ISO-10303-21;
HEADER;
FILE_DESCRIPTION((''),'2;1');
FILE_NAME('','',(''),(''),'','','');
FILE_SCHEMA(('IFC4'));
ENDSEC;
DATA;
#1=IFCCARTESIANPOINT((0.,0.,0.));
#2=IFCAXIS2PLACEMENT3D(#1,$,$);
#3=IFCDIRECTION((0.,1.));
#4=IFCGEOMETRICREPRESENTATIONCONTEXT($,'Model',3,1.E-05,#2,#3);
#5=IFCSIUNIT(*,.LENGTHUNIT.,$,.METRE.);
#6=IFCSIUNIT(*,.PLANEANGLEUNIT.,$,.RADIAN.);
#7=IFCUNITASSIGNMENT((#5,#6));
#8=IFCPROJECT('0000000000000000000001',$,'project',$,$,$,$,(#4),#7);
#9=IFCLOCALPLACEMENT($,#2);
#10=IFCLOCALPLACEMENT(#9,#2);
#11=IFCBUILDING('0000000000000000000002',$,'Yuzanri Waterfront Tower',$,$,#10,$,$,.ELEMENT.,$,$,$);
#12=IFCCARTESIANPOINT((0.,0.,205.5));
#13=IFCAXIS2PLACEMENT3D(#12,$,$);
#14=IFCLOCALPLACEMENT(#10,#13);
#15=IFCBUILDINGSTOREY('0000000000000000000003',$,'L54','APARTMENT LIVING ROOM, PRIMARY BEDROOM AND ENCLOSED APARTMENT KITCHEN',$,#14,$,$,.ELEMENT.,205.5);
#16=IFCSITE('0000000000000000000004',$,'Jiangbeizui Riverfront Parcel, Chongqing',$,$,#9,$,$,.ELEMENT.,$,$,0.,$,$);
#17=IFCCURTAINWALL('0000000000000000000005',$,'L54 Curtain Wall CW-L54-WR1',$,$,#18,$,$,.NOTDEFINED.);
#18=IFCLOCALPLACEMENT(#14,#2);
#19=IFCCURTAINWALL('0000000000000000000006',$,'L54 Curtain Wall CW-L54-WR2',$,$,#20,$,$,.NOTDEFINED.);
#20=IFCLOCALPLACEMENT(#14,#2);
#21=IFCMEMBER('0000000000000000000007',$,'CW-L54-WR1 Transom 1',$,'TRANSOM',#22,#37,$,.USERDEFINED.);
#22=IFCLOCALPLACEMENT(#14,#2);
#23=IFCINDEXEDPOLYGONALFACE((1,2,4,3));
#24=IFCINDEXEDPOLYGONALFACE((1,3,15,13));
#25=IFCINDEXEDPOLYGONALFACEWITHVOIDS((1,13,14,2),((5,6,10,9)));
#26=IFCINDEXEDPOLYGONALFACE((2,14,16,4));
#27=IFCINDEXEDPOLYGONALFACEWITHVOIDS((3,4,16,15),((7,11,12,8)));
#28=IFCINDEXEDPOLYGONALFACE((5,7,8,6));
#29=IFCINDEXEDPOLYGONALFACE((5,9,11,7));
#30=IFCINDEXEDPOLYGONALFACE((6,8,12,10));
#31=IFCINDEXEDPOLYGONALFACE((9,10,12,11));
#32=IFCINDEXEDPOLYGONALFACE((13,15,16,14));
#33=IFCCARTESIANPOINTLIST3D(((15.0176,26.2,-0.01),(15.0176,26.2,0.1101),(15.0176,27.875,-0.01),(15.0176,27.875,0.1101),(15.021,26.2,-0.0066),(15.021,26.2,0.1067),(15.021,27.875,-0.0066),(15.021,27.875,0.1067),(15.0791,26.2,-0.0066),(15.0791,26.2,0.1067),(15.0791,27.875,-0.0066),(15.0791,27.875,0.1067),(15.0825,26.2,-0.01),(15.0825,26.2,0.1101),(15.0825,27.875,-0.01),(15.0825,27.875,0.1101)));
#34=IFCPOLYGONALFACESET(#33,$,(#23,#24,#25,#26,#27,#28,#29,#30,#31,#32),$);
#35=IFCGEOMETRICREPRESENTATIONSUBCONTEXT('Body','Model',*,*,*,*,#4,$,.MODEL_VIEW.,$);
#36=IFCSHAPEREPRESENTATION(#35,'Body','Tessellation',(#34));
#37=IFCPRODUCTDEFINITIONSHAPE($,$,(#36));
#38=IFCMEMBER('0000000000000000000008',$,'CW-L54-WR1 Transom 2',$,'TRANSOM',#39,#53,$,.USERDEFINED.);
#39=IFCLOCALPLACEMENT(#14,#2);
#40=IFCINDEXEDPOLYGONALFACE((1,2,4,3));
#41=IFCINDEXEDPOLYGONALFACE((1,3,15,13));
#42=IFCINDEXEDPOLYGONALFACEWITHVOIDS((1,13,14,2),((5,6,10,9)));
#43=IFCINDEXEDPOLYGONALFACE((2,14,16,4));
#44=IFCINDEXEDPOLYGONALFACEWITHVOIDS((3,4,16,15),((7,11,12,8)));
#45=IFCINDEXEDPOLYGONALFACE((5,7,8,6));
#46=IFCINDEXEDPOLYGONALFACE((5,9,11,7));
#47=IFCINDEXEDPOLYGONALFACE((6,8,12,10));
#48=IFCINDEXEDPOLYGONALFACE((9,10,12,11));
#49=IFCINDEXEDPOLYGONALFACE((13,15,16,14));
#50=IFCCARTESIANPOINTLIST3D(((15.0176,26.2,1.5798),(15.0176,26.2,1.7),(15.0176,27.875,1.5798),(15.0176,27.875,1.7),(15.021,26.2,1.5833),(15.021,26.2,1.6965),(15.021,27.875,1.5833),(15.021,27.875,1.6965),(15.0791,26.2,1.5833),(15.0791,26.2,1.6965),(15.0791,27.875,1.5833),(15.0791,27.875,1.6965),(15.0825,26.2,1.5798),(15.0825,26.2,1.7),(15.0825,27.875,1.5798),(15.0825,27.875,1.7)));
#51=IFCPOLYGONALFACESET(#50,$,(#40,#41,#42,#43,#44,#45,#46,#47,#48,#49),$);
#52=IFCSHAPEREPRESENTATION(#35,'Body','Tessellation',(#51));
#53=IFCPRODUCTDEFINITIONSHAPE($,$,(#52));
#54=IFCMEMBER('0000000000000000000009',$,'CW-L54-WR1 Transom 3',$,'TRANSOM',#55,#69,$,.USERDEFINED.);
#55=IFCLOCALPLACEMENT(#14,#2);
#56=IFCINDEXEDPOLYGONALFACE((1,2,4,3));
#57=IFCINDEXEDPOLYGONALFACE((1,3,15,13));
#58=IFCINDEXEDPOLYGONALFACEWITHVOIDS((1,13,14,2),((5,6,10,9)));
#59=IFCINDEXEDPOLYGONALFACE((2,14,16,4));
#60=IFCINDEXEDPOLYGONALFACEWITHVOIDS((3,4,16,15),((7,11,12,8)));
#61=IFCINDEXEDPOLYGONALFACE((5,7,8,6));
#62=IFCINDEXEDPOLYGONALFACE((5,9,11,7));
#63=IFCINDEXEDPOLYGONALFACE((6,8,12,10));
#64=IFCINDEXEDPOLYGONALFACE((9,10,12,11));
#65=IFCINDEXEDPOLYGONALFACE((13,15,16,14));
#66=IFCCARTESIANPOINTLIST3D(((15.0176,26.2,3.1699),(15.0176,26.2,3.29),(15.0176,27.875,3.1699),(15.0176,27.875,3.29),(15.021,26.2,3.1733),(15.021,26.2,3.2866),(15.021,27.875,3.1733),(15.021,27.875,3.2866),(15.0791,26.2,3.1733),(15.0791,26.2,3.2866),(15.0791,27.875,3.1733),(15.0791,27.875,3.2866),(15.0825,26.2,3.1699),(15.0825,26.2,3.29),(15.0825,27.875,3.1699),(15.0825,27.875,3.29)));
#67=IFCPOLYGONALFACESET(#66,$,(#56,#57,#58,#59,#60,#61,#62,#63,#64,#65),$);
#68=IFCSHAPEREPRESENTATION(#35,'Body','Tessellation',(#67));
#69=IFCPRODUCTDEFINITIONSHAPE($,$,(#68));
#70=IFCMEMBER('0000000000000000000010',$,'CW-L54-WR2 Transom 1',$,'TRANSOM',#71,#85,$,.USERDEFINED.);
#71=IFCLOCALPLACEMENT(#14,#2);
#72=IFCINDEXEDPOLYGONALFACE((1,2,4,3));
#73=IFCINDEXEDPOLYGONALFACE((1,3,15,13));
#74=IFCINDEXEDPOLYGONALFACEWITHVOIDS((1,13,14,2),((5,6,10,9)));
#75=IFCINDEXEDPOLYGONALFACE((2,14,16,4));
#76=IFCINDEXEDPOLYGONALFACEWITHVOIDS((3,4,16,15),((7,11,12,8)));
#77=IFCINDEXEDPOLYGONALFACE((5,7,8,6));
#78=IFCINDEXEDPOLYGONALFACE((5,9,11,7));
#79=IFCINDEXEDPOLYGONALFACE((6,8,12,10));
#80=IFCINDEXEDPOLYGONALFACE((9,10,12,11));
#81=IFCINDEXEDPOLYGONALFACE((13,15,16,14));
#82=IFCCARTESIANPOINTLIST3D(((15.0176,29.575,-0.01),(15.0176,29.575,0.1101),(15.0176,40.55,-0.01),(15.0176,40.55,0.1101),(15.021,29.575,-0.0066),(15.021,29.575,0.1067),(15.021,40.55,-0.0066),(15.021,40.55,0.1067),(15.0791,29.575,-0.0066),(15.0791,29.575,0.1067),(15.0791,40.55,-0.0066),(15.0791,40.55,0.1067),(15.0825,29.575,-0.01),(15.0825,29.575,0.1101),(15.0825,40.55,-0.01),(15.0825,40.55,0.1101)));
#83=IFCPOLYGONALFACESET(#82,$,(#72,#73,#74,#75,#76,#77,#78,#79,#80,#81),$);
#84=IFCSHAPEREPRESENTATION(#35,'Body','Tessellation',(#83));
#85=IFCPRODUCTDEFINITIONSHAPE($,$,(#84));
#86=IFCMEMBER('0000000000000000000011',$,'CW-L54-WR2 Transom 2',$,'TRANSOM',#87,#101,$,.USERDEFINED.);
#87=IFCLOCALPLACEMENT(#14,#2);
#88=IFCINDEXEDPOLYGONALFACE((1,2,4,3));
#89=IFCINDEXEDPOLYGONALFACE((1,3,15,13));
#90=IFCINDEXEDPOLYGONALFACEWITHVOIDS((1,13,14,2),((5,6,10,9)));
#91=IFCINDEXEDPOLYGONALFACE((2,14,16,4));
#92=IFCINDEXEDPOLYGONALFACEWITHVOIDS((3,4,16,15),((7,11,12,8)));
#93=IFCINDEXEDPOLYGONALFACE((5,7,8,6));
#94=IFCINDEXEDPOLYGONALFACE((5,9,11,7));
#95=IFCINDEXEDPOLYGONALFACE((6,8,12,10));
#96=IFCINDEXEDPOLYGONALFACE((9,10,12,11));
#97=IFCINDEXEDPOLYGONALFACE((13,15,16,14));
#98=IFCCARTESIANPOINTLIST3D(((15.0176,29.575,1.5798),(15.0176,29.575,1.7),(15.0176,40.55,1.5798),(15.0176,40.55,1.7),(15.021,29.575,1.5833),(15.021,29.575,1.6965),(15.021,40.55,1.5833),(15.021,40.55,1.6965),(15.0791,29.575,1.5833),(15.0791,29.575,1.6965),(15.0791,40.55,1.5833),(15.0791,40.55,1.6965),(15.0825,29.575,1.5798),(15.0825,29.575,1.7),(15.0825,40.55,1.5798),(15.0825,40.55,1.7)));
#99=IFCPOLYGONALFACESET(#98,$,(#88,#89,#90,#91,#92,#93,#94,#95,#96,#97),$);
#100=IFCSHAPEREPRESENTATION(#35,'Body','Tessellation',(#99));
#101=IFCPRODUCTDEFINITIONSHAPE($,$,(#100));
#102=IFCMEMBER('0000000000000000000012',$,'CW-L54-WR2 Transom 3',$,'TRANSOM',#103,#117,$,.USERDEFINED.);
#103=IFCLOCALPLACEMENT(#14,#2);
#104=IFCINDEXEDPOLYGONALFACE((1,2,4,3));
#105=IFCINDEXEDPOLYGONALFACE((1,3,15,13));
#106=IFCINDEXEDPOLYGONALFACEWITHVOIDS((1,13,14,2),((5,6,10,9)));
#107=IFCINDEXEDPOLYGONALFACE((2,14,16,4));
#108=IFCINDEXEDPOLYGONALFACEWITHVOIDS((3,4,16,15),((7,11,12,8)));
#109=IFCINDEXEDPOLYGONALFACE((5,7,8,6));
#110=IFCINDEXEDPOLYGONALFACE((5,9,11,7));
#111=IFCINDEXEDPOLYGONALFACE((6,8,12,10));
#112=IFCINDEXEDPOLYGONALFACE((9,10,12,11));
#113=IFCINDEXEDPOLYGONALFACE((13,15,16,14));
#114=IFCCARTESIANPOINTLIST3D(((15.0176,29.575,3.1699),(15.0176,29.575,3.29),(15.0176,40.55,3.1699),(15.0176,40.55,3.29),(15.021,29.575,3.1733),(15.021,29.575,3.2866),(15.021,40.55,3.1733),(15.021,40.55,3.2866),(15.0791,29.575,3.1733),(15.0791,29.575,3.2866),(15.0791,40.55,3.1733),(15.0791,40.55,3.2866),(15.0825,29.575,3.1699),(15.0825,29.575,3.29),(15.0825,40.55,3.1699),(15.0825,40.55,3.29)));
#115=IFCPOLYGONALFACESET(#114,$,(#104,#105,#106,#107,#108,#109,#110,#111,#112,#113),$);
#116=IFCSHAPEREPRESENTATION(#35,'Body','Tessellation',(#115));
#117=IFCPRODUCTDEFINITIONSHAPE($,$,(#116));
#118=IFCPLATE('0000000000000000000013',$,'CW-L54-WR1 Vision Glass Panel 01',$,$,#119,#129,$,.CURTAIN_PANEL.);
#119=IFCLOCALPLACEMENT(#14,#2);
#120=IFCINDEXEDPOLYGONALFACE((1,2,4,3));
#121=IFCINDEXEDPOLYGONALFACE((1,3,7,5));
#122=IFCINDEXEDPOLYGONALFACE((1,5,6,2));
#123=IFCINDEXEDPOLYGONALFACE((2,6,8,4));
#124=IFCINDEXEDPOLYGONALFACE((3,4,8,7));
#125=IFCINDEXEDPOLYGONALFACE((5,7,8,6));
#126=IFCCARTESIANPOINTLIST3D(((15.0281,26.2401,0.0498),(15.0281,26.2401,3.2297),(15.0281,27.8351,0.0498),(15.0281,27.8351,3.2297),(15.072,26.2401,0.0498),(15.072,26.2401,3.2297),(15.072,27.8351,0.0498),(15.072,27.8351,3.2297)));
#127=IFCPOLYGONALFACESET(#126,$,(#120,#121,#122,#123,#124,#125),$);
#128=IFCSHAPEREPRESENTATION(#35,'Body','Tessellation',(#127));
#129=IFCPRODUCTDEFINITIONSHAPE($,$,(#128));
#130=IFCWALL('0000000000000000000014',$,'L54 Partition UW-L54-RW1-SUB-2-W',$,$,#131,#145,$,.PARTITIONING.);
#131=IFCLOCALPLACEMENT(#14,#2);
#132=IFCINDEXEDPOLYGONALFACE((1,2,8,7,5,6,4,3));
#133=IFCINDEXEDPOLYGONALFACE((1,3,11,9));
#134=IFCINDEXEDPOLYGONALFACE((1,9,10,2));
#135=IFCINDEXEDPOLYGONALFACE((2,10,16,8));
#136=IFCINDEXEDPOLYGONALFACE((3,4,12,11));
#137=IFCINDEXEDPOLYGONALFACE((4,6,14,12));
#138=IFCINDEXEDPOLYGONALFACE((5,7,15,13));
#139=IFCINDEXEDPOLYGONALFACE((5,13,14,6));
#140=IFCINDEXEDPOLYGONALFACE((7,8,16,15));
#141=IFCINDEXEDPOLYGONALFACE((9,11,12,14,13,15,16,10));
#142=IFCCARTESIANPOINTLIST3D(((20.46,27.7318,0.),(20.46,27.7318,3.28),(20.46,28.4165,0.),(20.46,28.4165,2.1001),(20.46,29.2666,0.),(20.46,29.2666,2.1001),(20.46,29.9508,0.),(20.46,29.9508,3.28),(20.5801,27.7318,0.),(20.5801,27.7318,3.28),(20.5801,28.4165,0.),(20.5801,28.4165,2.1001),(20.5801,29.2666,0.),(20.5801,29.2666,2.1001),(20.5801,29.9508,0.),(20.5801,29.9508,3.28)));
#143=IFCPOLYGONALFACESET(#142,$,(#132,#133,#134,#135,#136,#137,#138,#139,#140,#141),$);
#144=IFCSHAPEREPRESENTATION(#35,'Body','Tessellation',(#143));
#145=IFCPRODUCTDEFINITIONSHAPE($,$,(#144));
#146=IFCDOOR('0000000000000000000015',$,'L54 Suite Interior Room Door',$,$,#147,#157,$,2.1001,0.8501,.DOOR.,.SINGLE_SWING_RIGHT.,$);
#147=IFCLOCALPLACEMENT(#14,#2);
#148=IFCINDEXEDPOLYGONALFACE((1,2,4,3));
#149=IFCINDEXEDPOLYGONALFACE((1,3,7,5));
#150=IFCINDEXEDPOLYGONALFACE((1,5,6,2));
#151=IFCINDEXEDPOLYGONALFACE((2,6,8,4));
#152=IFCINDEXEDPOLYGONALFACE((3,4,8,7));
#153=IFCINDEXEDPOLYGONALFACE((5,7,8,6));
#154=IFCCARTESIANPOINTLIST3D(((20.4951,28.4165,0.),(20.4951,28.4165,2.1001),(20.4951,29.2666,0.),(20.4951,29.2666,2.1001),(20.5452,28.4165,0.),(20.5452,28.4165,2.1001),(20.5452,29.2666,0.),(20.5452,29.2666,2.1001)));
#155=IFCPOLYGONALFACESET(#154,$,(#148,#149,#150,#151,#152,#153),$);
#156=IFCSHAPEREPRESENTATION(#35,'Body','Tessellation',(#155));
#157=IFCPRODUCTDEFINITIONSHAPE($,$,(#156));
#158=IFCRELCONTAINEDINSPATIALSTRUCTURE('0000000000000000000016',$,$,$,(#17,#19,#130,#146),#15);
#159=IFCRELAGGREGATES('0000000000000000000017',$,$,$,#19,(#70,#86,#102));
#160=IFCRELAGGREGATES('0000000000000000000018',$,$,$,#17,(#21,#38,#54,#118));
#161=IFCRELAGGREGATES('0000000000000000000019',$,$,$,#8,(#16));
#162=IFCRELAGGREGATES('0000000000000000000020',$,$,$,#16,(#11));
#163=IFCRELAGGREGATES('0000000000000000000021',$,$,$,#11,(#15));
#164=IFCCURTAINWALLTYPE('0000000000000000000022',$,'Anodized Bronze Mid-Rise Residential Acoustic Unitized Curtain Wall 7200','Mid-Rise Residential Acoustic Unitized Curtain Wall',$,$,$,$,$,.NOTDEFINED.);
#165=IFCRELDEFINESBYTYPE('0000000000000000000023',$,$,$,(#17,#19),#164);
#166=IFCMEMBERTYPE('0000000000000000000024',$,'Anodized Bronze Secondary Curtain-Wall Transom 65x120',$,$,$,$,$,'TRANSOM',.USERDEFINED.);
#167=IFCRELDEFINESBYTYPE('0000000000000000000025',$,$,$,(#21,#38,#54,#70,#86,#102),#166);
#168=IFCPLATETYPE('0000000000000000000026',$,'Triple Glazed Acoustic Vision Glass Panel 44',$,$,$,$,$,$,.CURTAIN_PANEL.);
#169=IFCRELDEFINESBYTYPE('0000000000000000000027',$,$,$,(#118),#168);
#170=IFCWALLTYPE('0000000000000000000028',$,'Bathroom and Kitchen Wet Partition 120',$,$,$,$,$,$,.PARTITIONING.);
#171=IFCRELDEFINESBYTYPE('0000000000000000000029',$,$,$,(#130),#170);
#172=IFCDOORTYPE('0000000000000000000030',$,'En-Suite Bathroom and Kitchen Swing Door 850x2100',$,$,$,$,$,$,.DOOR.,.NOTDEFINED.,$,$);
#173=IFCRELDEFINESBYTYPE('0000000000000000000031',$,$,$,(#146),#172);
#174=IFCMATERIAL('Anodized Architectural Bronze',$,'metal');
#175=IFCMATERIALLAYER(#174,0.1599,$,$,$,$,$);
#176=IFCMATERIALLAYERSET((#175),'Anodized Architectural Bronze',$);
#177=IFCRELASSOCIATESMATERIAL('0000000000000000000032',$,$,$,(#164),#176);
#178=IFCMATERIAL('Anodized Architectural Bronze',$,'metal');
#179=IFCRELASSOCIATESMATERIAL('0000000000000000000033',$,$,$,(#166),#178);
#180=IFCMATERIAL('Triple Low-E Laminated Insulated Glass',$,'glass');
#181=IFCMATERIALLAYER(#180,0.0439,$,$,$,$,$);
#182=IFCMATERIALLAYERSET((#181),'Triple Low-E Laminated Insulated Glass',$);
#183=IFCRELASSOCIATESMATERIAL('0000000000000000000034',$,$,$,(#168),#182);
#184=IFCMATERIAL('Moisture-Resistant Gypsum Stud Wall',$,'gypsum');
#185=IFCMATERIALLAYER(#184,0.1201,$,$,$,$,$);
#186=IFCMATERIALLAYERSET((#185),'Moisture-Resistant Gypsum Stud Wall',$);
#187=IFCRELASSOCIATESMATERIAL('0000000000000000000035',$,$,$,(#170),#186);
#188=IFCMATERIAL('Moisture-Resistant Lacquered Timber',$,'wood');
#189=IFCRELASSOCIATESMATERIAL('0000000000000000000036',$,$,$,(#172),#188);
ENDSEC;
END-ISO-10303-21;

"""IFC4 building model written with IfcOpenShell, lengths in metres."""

from ifc_helpers import new_model, si_unit, direction, frame, frame_2d, origin, origin_2d, place, context, subcontext, project, spatial, rectangle, hollow_rectangle, extrude, source, transform, mapped, material, layer, layer_set, material_profile, profile_set, type_object, element, fill, aggregate, save


model = new_model("IFC4")

# Units and contexts
model_context = context("Model", 3, precision=1e-05, world=origin(), true_north=direction((0.0, 1.0)))
body_context = subcontext(model_context, "Body", "Model", "MODEL_VIEW")
ifc_project = project(units=[si_unit("LENGTHUNIT", "METRE"), si_unit("PLANEANGLEUNIT", "RADIAN")], contexts=[model_context])

# Site, building, storey
site_placement = place(None, origin())
site = spatial("IfcSite", under=ifc_project, at=site_placement, Name="Jiangbeizui Riverfront Parcel, Chongqing", CompositionType="ELEMENT", RefElevation=0.0)
building_placement = place(site_placement, origin())
building = spatial("IfcBuilding", under=site, at=building_placement, Name="Yuzanri Waterfront Tower", CompositionType="ELEMENT")
storey_placement = place(building_placement, frame((0.0, 0.0, 205.5)))
storey = spatial("IfcBuildingStorey", under=building, at=storey_placement, Name="L54", Description="APARTMENT LIVING ROOM, PRIMARY BEDROOM AND ENCLOSED APARTMENT KITCHEN", CompositionType="ELEMENT", Elevation=205.5)

# Curtain walls
ifc_material_1 = material(Name="Anodized Architectural Bronze", Category="metal")
ifc_layer_1 = layer(ifc_material_1, 0.1599)
ifc_layer_set_1 = layer_set([ifc_layer_1], Name="Anodized Architectural Bronze")
curtain_wall_type = type_object("IfcCurtainWallType", Name="Anodized Bronze Mid-Rise Residential Acoustic Unitized Curtain Wall 7200", Description="Mid-Rise Residential Acoustic Unitized Curtain Wall", PredefinedType="NOTDEFINED", material=ifc_layer_set_1)
curtain_wall_1_placement = place(storey_placement, origin())
curtain_wall_1 = element("IfcCurtainWall", 1, at=curtain_wall_1_placement, inside=storey, type_object=curtain_wall_type, Name="L54 Curtain Wall CW-L54-WR1", PredefinedType="NOTDEFINED")
curtain_wall_2_placement = place(storey_placement, origin())
curtain_wall_2 = element("IfcCurtainWall", 2, at=curtain_wall_2_placement, inside=storey, type_object=curtain_wall_type, Name="L54 Curtain Wall CW-L54-WR2", PredefinedType="NOTDEFINED")

# Members
ifc_material_2 = material(Name="Anodized Architectural Bronze", Category="metal")
ifc_material_profile_1 = material_profile(ifc_material_2, hollow_rectangle(XDim=0.0649, YDim=0.1201, WallThickness=0.0034, at=origin_2d()), Name="CWT 65x120")
ifc_profile_set_1 = profile_set([ifc_material_profile_1], Name="Anodized Architectural Bronze")
member_type_1 = type_object("IfcMemberType", Name="Anodized Bronze Secondary Curtain-Wall Transom 65x120", ElementType="TRANSOM", PredefinedType="USERDEFINED", material=ifc_profile_set_1)
shared_shape_1 = source(origin(), body_context, "Body", "SweptSolid", [
    extrude(hollow_rectangle(XDim=0.0649, YDim=0.1201, WallThickness=0.0034, at=origin_2d()), origin(), (0.0, 0.0, 1.0), 1.675),
])
member_1_placement = place(storey_placement, frame((15.05, 26.2, 0.05), z_axis=(0.0, 1.0, 0.0), x_axis=(-1.0, 0.0, 0.0)))
member_1 = element("IfcMember", 3, at=member_1_placement, type_object=member_type_1, Name="CW-L54-WR1 Transom 1", ObjectType="TRANSOM", PredefinedType="USERDEFINED", context=body_context, shape_type="MappedRepresentation", body=[
    mapped(shared_shape_1, transform((0.0, 0.0, 0.0), scale=1.0)),
])
member_2_placement = place(storey_placement, frame((15.05, 26.2, 1.6399), z_axis=(0.0, 1.0, 0.0), x_axis=(-1.0, 0.0, 0.0)))
member_2 = element("IfcMember", 4, at=member_2_placement, type_object=member_type_1, Name="CW-L54-WR1 Transom 2", ObjectType="TRANSOM", PredefinedType="USERDEFINED", context=body_context, shape_type="MappedRepresentation", body=[
    mapped(shared_shape_1, transform((0.0, 0.0, 0.0), scale=1.0)),
])
member_3_placement = place(storey_placement, frame((15.05, 26.2, 3.23), z_axis=(0.0, 1.0, 0.0), x_axis=(-1.0, 0.0, 0.0)))
member_3 = element("IfcMember", 5, at=member_3_placement, type_object=member_type_1, Name="CW-L54-WR1 Transom 3", ObjectType="TRANSOM", PredefinedType="USERDEFINED", context=body_context, shape_type="MappedRepresentation", body=[
    mapped(shared_shape_1, transform((0.0, 0.0, 0.0), scale=1.0)),
])
shared_shape_2 = source(origin(), body_context, "Body", "SweptSolid", [
    extrude(hollow_rectangle(XDim=0.0649, YDim=0.1201, WallThickness=0.0034, at=origin_2d()), origin(), (0.0, 0.0, 1.0), 10.9751),
])
member_4_placement = place(storey_placement, frame((15.05, 29.575, 0.05), z_axis=(0.0, 1.0, 0.0), x_axis=(-1.0, 0.0, 0.0)))
member_4 = element("IfcMember", 6, at=member_4_placement, type_object=member_type_1, Name="CW-L54-WR2 Transom 1", ObjectType="TRANSOM", PredefinedType="USERDEFINED", context=body_context, shape_type="MappedRepresentation", body=[
    mapped(shared_shape_2, transform((0.0, 0.0, 0.0), scale=1.0)),
])
member_5_placement = place(storey_placement, frame((15.05, 29.575, 1.6399), z_axis=(0.0, 1.0, 0.0), x_axis=(-1.0, 0.0, 0.0)))
member_5 = element("IfcMember", 7, at=member_5_placement, type_object=member_type_1, Name="CW-L54-WR2 Transom 2", ObjectType="TRANSOM", PredefinedType="USERDEFINED", context=body_context, shape_type="MappedRepresentation", body=[
    mapped(shared_shape_2, transform((0.0, 0.0, 0.0), scale=1.0)),
])
member_6_placement = place(storey_placement, frame((15.05, 29.575, 3.23), z_axis=(0.0, 1.0, 0.0), x_axis=(-1.0, 0.0, 0.0)))
member_6 = element("IfcMember", 8, at=member_6_placement, type_object=member_type_1, Name="CW-L54-WR2 Transom 3", ObjectType="TRANSOM", PredefinedType="USERDEFINED", context=body_context, shape_type="MappedRepresentation", body=[
    mapped(shared_shape_2, transform((0.0, 0.0, 0.0), scale=1.0)),
])
aggregate(curtain_wall_2, [member_4, member_5, member_6])

# Plate
ifc_material_3 = material(Name="Triple Low-E Laminated Insulated Glass", Category="glass")
ifc_layer_2 = layer(ifc_material_3, 0.0439)
ifc_layer_set_2 = layer_set([ifc_layer_2], Name="Triple Low-E Laminated Insulated Glass")
plate_type = type_object("IfcPlateType", Name="Triple Glazed Acoustic Vision Glass Panel 44", PredefinedType="CURTAIN_PANEL", material=ifc_layer_set_2)
shared_shape_3 = source(origin(), body_context, "Body", "SweptSolid", [
    extrude(rectangle(XDim=1.595, YDim=0.0439, at=origin_2d()), origin(), (0.0, 0.0, 1.0), 3.1799),
])
plate_placement = place(storey_placement, frame((15.05, 27.0376, 0.0498), z_axis=(0.0, 0.0, 1.0), x_axis=(0.0, 1.0, 0.0)))
plate = element("IfcPlate", 9, at=plate_placement, type_object=plate_type, Name="CW-L54-WR1 Vision Glass Panel 01", PredefinedType="CURTAIN_PANEL", context=body_context, shape_type="MappedRepresentation", body=[
    mapped(shared_shape_3, transform((0.0, 0.0, 0.0), scale=1.0)),
])
aggregate(curtain_wall_1, [member_1, member_2, member_3, plate])

# Wall, opening, door
ifc_material_4 = material(Name="Moisture-Resistant Gypsum Stud Wall", Category="gypsum")
ifc_layer_3 = layer(ifc_material_4, 0.1201)
ifc_layer_set_3 = layer_set([ifc_layer_3], Name="Moisture-Resistant Gypsum Stud Wall")
wall_type_1 = type_object("IfcWallType", Name="Bathroom and Kitchen Wet Partition 120", PredefinedType="PARTITIONING", material=ifc_layer_set_3)
wall_1_placement = place(storey_placement, frame((20.52, 27.7319, 0.0), z_axis=(0.0, 0.0, 1.0), x_axis=(0.0, 1.0, 0.0)))
wall_1 = element("IfcWall", 10, at=wall_1_placement, inside=storey, type_object=wall_type_1, Name="L54 Partition UW-L54-RW1-SUB-2-W", PredefinedType="PARTITIONING", context=body_context, shape_type="SweptSolid", body=[
    extrude(rectangle(XDim=2.219, YDim=0.1201, at=frame_2d((1.1094, 0.0))), origin(), (0.0, 0.0, 1.0), 3.28),
])
opening_1_placement = place(wall_1_placement, frame((0.6846, 0.0, 0.0)))
opening_1 = element("IfcOpeningElement", 11, at=opening_1_placement, cuts=wall_1, PredefinedType="OPENING", context=body_context, shape_type="SweptSolid", body=[
    extrude(rectangle(XDim=0.8501, YDim=2.1001, at=frame_2d((0.425, 1.05))), frame((0.0, 0.075, 0.0), z_axis=(0.0, -1.0, 0.0), x_axis=(1.0, 0.0, 0.0)), (0.0, 0.0, 1.0), 0.1499),
])
ifc_material_5 = material(Name="Moisture-Resistant Lacquered Timber", Category="wood")
door_type_1 = type_object("IfcDoorType", Name="En-Suite Bathroom and Kitchen Swing Door 850x2100", OperationType="NOTDEFINED", PredefinedType="DOOR", material=ifc_material_5)
shared_shape_4 = source(origin(), body_context, "Body", "SweptSolid", [
    extrude(rectangle(XDim=0.8501, YDim=2.1001, at=frame_2d((0.425, 1.05))), frame((0.0, 0.0249, 0.0), z_axis=(0.0, -1.0, 0.0), x_axis=(1.0, 0.0, 0.0)), (0.0, 0.0, 1.0), 0.05),
])
door_1_placement = place(opening_1_placement, origin())
door_1 = element("IfcDoor", 12, at=door_1_placement, inside=storey, type_object=door_type_1, Name="L54 Suite Interior Room Door", OperationType="SINGLE_SWING_RIGHT", OverallHeight=2.1001, OverallWidth=0.8501, PredefinedType="DOOR", context=body_context, shape_type="MappedRepresentation", body=[
    mapped(shared_shape_4, transform((0.0, 0.0, 0.0), scale=1.0)),
])
fill(opening_1, door_1)

save(model, "model.ifc")
